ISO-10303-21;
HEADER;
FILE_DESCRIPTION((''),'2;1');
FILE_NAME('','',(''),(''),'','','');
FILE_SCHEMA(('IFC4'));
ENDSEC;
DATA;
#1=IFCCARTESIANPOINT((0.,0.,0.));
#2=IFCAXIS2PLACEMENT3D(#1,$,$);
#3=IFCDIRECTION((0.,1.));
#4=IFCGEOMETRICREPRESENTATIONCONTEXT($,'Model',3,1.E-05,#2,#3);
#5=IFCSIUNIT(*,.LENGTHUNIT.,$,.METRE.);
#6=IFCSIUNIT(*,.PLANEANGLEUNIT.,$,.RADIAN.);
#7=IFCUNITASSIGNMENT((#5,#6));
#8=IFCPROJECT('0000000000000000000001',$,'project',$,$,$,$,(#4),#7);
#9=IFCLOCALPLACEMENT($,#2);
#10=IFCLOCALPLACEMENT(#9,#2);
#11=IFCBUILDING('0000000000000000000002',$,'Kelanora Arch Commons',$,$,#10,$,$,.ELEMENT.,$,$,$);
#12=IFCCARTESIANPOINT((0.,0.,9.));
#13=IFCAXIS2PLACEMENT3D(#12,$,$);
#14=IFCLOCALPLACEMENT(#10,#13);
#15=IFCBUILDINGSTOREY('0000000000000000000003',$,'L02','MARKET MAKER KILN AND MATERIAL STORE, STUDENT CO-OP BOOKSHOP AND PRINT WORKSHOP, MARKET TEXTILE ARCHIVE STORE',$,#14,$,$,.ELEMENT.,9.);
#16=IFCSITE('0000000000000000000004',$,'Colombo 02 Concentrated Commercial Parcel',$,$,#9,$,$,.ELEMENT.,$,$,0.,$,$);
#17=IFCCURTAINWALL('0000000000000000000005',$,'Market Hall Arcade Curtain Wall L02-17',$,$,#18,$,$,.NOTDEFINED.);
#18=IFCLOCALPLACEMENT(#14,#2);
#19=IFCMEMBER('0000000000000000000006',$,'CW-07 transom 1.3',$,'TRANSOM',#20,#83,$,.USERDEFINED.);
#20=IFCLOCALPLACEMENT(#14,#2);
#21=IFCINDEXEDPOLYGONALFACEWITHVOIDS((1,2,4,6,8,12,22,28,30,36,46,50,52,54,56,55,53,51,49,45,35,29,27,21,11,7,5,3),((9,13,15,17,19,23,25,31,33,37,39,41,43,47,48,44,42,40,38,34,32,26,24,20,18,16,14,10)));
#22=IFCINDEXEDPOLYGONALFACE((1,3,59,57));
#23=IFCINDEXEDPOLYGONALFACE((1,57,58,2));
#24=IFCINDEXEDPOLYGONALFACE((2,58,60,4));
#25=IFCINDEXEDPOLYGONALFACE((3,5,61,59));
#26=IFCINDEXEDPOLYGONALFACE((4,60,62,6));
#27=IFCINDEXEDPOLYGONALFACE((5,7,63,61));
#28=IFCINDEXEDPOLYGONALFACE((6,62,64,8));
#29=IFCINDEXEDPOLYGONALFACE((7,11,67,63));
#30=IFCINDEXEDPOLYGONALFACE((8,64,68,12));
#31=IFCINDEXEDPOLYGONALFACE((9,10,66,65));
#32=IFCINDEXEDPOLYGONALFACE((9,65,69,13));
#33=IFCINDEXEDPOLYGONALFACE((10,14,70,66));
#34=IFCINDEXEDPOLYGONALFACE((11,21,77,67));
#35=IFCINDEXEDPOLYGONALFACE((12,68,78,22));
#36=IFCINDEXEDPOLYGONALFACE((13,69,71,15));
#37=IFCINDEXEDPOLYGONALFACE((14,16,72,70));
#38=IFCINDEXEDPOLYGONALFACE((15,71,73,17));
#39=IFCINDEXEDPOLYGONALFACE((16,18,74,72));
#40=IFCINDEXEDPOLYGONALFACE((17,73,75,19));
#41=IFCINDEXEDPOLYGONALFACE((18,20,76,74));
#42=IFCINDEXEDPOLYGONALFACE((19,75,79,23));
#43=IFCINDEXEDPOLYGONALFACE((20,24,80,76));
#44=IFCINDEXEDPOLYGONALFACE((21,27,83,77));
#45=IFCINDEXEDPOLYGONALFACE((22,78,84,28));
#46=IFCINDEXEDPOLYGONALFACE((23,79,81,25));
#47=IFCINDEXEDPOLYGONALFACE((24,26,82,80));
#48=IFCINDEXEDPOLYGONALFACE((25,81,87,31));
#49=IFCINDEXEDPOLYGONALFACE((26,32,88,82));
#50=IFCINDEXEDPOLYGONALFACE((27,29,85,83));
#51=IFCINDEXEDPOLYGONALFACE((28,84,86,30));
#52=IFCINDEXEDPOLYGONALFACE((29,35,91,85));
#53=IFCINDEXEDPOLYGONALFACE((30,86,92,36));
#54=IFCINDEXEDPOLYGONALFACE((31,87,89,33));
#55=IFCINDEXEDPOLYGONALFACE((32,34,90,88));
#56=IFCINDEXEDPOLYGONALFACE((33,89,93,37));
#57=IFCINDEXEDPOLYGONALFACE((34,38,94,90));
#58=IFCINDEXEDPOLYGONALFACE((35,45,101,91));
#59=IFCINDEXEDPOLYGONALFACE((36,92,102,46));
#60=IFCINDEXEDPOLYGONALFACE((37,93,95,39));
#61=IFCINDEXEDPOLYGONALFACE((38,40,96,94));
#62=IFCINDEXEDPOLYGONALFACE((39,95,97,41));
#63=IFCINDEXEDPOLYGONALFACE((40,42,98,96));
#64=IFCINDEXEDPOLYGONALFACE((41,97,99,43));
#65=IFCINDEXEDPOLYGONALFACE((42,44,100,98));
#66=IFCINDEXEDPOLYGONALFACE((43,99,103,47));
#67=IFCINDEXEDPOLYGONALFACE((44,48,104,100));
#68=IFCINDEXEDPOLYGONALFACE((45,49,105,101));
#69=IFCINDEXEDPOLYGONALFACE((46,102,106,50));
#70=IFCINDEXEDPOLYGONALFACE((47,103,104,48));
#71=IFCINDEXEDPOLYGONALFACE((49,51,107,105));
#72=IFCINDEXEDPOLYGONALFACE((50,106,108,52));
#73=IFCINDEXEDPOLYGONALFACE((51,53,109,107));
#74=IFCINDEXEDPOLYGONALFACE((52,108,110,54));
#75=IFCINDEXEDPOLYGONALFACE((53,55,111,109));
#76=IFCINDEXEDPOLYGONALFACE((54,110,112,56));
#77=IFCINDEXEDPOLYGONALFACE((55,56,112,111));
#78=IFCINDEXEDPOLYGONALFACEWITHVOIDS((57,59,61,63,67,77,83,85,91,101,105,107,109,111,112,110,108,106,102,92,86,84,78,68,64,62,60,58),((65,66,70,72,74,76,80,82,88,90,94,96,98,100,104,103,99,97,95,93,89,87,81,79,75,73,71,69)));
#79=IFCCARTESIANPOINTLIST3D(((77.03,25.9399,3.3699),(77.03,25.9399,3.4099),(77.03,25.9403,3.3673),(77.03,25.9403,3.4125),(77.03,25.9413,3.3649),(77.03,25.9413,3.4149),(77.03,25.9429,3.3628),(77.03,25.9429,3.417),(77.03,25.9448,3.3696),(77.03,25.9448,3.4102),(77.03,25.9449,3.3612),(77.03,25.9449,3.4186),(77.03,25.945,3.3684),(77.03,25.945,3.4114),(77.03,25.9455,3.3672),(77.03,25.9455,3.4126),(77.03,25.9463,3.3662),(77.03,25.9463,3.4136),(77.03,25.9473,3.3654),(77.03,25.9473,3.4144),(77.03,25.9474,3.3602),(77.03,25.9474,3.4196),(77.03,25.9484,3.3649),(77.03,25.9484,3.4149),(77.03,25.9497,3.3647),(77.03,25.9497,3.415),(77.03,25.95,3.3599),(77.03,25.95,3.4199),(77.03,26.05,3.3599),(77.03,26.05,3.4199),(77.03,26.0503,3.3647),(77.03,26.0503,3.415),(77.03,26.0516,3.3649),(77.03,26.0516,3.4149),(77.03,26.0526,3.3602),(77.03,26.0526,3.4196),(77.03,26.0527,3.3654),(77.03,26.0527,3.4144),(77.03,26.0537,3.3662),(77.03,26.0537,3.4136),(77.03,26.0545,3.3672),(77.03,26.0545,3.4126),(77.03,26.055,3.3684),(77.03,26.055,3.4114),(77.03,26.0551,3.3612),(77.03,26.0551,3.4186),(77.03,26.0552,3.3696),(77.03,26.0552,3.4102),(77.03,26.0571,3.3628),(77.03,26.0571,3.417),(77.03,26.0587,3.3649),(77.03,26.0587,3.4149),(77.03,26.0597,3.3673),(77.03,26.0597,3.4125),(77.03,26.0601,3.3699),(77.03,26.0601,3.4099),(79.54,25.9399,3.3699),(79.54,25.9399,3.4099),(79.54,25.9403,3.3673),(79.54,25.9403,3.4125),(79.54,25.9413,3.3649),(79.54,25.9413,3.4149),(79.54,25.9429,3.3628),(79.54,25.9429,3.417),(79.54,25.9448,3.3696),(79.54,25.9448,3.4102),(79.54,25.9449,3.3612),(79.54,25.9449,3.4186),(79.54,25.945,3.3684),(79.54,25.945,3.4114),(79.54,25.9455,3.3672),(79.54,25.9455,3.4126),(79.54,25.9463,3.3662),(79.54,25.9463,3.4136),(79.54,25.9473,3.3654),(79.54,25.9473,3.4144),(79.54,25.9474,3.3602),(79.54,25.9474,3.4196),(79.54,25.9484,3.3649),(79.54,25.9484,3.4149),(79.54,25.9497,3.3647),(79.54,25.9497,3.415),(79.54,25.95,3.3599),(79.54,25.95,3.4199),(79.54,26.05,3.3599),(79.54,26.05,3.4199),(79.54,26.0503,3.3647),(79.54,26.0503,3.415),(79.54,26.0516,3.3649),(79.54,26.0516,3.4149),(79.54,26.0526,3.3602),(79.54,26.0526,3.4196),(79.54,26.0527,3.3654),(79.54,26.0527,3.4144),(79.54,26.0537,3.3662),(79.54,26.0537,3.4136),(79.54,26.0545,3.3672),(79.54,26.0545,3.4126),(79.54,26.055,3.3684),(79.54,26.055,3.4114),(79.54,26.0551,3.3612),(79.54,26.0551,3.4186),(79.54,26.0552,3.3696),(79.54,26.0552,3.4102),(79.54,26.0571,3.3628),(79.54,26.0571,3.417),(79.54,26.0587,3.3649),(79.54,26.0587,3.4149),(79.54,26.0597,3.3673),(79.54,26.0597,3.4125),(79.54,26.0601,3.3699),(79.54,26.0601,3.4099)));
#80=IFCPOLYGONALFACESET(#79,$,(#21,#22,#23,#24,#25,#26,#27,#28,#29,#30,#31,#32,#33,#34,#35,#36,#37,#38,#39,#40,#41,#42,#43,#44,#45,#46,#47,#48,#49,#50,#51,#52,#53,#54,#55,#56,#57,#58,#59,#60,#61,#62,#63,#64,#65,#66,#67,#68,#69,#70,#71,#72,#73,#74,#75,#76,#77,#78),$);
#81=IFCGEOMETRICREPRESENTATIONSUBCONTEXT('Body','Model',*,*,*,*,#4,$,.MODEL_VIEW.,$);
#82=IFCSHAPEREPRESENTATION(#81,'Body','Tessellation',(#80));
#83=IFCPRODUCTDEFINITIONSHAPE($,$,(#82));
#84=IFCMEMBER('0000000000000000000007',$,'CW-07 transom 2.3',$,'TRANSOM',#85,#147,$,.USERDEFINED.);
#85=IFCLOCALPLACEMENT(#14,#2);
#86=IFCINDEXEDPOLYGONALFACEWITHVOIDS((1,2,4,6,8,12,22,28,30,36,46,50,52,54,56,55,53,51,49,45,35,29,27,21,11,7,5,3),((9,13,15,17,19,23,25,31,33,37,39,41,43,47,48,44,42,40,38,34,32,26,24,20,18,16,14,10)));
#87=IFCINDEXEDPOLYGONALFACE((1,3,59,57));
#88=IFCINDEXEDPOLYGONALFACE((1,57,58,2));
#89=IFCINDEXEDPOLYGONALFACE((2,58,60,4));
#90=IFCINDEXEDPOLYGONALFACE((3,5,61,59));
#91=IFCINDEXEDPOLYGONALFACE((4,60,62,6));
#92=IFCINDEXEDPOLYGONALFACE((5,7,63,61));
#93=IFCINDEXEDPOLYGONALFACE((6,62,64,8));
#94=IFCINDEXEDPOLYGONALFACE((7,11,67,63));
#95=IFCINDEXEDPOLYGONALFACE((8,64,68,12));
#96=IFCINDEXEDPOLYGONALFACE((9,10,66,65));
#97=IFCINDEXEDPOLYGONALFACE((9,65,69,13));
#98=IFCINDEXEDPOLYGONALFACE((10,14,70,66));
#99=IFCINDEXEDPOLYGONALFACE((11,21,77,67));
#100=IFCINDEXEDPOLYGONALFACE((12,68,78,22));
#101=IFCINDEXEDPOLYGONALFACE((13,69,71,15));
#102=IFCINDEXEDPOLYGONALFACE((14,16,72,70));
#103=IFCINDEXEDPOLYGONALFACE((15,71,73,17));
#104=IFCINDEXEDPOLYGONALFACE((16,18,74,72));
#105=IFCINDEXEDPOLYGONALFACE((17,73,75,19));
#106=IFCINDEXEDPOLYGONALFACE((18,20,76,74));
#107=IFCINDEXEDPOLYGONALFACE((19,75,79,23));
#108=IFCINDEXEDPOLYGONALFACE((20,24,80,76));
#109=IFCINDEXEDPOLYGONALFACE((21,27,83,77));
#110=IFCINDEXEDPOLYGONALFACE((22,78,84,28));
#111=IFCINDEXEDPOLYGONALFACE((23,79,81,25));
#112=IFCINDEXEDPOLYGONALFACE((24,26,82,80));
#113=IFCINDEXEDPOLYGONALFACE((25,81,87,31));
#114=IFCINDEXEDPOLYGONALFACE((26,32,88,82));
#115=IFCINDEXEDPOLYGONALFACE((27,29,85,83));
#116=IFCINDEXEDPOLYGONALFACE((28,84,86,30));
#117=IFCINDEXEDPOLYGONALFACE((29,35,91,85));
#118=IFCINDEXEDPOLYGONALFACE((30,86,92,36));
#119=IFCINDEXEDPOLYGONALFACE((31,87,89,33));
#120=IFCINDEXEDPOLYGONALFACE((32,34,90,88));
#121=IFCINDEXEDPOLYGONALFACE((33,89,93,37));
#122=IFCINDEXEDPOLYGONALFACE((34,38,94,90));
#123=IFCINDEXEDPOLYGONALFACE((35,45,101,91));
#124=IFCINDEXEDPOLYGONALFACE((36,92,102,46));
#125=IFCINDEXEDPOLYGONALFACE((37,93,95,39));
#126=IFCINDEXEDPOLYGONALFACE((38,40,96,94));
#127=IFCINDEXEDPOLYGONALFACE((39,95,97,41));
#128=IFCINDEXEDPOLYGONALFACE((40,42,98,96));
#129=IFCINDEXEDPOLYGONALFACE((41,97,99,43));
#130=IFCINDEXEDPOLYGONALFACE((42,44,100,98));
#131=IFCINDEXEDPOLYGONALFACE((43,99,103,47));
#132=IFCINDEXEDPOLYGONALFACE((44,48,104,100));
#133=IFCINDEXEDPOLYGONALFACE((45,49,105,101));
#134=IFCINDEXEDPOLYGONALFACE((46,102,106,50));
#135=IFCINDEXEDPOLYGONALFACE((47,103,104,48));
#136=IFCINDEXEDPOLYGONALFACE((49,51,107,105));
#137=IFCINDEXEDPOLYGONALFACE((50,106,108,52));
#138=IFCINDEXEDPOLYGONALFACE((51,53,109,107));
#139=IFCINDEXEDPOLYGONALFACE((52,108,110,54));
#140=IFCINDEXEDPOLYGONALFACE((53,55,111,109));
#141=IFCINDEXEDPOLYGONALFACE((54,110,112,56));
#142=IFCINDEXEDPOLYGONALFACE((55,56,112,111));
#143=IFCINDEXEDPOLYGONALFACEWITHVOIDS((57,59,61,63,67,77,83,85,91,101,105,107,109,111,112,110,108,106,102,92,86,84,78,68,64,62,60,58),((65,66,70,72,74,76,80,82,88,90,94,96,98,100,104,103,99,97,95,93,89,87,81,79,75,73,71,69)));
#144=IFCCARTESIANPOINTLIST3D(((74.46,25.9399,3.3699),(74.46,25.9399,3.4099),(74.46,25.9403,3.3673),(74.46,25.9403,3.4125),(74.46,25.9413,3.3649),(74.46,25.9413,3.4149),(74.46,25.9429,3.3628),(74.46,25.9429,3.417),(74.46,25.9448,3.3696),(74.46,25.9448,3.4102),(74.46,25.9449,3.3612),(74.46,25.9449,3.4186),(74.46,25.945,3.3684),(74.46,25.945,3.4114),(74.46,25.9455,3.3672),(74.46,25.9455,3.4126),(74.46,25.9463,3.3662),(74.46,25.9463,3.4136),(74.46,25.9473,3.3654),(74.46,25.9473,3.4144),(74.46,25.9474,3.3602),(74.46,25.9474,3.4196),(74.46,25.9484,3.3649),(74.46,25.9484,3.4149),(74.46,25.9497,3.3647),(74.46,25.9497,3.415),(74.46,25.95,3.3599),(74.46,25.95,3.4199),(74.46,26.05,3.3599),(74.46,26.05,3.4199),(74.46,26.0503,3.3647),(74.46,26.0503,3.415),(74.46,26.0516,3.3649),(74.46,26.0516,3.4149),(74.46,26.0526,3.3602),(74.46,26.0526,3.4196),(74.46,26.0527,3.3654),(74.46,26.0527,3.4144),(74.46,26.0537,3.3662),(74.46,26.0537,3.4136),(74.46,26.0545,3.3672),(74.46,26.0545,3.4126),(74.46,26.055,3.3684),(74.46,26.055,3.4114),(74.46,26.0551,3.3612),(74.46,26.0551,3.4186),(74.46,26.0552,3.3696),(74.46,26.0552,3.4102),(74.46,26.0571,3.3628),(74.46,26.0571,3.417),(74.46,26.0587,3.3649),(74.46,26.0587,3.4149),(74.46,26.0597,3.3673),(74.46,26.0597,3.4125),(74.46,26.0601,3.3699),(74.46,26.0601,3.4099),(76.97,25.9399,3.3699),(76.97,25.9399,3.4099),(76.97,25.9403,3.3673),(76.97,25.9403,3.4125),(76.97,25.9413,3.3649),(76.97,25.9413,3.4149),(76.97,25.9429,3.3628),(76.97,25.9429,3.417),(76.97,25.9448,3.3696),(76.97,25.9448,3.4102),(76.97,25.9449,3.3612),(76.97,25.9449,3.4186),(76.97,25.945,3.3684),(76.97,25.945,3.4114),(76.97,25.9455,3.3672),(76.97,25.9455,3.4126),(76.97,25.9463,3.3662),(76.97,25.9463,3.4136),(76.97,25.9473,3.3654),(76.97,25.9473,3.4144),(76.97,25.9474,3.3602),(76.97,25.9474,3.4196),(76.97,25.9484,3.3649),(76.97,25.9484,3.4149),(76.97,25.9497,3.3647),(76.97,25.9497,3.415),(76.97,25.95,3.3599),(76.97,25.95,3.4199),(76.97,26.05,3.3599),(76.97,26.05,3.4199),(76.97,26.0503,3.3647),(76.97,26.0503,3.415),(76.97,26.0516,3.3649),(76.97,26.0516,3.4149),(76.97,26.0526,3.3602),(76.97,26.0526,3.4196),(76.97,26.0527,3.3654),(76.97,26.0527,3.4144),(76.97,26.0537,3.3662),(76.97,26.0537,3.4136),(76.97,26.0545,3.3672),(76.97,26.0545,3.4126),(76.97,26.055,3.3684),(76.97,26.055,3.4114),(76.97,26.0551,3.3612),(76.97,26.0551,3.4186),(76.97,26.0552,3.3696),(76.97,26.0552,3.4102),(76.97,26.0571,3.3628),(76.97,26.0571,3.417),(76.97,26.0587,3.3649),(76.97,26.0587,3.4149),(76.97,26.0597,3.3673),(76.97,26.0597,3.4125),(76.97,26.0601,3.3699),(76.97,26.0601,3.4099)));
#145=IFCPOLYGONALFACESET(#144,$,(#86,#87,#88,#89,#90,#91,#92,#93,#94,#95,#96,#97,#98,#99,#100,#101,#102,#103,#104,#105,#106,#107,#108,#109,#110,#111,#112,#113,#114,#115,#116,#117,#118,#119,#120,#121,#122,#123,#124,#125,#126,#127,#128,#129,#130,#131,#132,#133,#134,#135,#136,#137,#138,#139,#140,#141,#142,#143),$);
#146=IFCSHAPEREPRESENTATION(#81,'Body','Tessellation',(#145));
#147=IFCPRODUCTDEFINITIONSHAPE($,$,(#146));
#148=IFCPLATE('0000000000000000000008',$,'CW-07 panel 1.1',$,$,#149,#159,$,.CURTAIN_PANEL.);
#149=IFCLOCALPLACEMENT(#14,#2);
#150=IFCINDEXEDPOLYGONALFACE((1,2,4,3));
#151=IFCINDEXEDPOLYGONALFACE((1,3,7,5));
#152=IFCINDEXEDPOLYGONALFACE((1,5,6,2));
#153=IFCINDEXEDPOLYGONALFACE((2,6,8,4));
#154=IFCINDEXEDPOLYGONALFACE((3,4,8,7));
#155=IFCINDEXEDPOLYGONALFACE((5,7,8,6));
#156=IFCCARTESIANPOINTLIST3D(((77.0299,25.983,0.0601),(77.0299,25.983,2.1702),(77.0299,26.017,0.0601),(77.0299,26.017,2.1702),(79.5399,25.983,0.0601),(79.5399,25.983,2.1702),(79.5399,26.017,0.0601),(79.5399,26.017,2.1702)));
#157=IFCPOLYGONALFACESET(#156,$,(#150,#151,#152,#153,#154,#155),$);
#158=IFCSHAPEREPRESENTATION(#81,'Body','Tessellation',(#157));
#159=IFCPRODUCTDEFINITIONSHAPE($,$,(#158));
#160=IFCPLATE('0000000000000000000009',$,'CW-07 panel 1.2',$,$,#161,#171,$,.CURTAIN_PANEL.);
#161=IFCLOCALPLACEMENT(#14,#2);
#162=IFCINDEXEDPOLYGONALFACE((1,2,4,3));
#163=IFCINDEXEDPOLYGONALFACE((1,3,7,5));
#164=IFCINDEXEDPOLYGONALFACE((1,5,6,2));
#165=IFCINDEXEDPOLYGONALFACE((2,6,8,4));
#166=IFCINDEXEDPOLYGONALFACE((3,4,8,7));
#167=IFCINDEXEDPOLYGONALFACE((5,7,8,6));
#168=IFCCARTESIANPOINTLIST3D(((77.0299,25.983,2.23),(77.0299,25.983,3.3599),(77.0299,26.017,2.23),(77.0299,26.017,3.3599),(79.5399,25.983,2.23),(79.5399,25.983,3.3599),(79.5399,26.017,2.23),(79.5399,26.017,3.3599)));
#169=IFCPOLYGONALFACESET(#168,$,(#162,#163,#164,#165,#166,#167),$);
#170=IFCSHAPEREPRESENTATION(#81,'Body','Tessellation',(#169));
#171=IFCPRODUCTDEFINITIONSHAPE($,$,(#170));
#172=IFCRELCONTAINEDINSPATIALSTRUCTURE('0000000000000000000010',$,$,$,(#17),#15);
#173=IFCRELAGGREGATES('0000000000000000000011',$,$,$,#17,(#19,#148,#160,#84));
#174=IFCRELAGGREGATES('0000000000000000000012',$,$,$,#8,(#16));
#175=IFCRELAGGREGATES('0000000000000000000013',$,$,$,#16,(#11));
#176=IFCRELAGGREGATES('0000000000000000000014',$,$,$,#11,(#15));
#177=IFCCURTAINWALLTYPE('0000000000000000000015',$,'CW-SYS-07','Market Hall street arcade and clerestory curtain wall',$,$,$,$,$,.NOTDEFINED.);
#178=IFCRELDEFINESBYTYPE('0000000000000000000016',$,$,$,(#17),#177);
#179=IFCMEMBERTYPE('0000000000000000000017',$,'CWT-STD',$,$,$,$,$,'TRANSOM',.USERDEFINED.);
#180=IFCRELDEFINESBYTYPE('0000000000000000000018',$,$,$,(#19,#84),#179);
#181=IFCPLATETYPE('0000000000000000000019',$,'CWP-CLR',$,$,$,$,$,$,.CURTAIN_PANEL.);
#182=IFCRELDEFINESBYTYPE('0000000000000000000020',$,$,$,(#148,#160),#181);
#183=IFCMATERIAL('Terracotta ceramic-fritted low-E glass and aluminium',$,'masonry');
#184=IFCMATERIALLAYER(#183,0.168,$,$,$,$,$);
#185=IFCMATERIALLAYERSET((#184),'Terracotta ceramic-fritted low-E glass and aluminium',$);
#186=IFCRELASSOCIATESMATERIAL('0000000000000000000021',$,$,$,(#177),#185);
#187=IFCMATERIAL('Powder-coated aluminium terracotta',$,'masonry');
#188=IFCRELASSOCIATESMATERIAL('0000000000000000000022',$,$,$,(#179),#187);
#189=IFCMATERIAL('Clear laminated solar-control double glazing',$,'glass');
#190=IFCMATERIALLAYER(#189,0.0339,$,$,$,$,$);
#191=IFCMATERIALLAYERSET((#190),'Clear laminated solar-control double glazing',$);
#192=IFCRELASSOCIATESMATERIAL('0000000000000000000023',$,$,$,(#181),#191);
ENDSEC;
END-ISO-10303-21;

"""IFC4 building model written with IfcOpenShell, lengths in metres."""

from ifc_helpers import new_model, si_unit, direction, frame, origin, origin_2d, place, context, subcontext, project, spatial, rectangle, hollow_rectangle, extrude, source, transform, mapped, material, layer, layer_set, material_profile, profile_set, type_object, element, aggregate, save


model = new_model("IFC4")

# Units and contexts
model_context = context("Model", 3, precision=1e-05, world=origin(), true_north=direction((0.0, 1.0)))
body_context = subcontext(model_context, "Body", "Model", "MODEL_VIEW")
ifc_project = project(units=[si_unit("LENGTHUNIT", "METRE"), si_unit("PLANEANGLEUNIT", "RADIAN")], contexts=[model_context])

# Site, building, storey
site_placement = place(None, origin())
site = spatial("IfcSite", under=ifc_project, at=site_placement, Name="Colombo 02 Concentrated Commercial Parcel", CompositionType="ELEMENT", RefElevation=0.0)
building_placement = place(site_placement, origin())
building = spatial("IfcBuilding", under=site, at=building_placement, Name="Kelanora Arch Commons", CompositionType="ELEMENT")
storey_placement = place(building_placement, frame((0.0, 0.0, 9.0)))
storey = spatial("IfcBuildingStorey", under=building, at=storey_placement, Name="L02", Description="MARKET MAKER KILN AND MATERIAL STORE, STUDENT CO-OP BOOKSHOP AND PRINT WORKSHOP, MARKET TEXTILE ARCHIVE STORE", CompositionType="ELEMENT", Elevation=9.0)

# Curtain wall, members, plates
ifc_material_1 = material(Name="Terracotta ceramic-fritted low-E glass and aluminium", Category="masonry")
ifc_layer_1 = layer(ifc_material_1, 0.168)
ifc_layer_set_1 = layer_set([ifc_layer_1], Name="Terracotta ceramic-fritted low-E glass and aluminium")
curtain_wall_type = type_object("IfcCurtainWallType", Name="CW-SYS-07", Description="Market Hall street arcade and clerestory curtain wall", PredefinedType="NOTDEFINED", material=ifc_layer_set_1)
curtain_wall_placement = place(storey_placement, origin())
curtain_wall = element("IfcCurtainWall", 1, at=curtain_wall_placement, inside=storey, type_object=curtain_wall_type, Name="Market Hall Arcade Curtain Wall L02-17", PredefinedType="NOTDEFINED")
ifc_material_2 = material(Name="Powder-coated aluminium terracotta", Category="masonry")
ifc_material_profile_1 = material_profile(ifc_material_2, hollow_rectangle(XDim=0.1201, YDim=0.0601, WallThickness=0.0049, InnerFilletRadius=0.0049, OuterFilletRadius=0.01, at=origin_2d()), Name="CWT120x60")
ifc_profile_set_1 = profile_set([ifc_material_profile_1], Name="Powder-coated aluminium terracotta")
member_type_1 = type_object("IfcMemberType", Name="CWT-STD", ElementType="TRANSOM", PredefinedType="USERDEFINED", material=ifc_profile_set_1)
member_1_placement = place(storey_placement, frame((79.54, 26.0, 3.3899), z_axis=(-1.0, 0.0, 0.0), x_axis=(0.0, -1.0, 0.0)))
member_1 = element("IfcMember", 2, at=member_1_placement, type_object=member_type_1, Name="CW-07 transom 1.3", ObjectType="TRANSOM", PredefinedType="USERDEFINED", context=body_context, shape_type="SweptSolid", body=[
    extrude(hollow_rectangle(XDim=0.1201, YDim=0.0601, WallThickness=0.0049, InnerFilletRadius=0.0049, OuterFilletRadius=0.01, at=origin_2d()), origin(), (0.0, 0.0, 1.0), 2.51),
])
member_2_placement = place(storey_placement, frame((76.97, 26.0, 3.3899), z_axis=(-1.0, 0.0, 0.0), x_axis=(0.0, -1.0, 0.0)))
member_2 = element("IfcMember", 3, at=member_2_placement, type_object=member_type_1, Name="CW-07 transom 2.3", ObjectType="TRANSOM", PredefinedType="USERDEFINED", context=body_context, shape_type="SweptSolid", body=[
    extrude(hollow_rectangle(XDim=0.1201, YDim=0.0601, WallThickness=0.0049, InnerFilletRadius=0.0049, OuterFilletRadius=0.01, at=origin_2d()), origin(), (0.0, 0.0, 1.0), 2.51),
])
ifc_material_3 = material(Name="Clear laminated solar-control double glazing", Category="glass")
ifc_layer_2 = layer(ifc_material_3, 0.0339)
ifc_layer_set_2 = layer_set([ifc_layer_2], Name="Clear laminated solar-control double glazing")
plate_type = type_object("IfcPlateType", Name="CWP-CLR", PredefinedType="CURTAIN_PANEL", material=ifc_layer_set_2)
shared_shape_1 = source(origin(), body_context, "Body", "SweptSolid", [
    extrude(rectangle(XDim=2.51, YDim=0.0339, at=origin_2d()), origin(), (0.0, 0.0, 1.0), 2.1101),
])
plate_1_placement = place(storey_placement, frame((78.2849, 26.0, 0.0601), z_axis=(0.0, 0.0, 1.0), x_axis=(-1.0, 0.0, 0.0)))
plate_1 = element("IfcPlate", 4, at=plate_1_placement, type_object=plate_type, Name="CW-07 panel 1.1", PredefinedType="CURTAIN_PANEL", context=body_context, shape_type="MappedRepresentation", body=[
    mapped(shared_shape_1, transform((0.0, 0.0, 0.0), scale=1.0)),
])
shared_shape_2 = source(origin(), body_context, "Body", "SweptSolid", [
    extrude(rectangle(XDim=2.51, YDim=0.0339, at=origin_2d()), origin(), (0.0, 0.0, 1.0), 1.1299),
])
plate_2_placement = place(storey_placement, frame((78.2849, 26.0, 2.23), z_axis=(0.0, 0.0, 1.0), x_axis=(-1.0, 0.0, 0.0)))
plate_2 = element("IfcPlate", 5, at=plate_2_placement, type_object=plate_type, Name="CW-07 panel 1.2", PredefinedType="CURTAIN_PANEL", context=body_context, shape_type="MappedRepresentation", body=[
    mapped(shared_shape_2, transform((0.0, 0.0, 0.0), scale=1.0)),
])
aggregate(curtain_wall, [member_1, plate_1, plate_2, member_2])

save(model, "model.ifc")
